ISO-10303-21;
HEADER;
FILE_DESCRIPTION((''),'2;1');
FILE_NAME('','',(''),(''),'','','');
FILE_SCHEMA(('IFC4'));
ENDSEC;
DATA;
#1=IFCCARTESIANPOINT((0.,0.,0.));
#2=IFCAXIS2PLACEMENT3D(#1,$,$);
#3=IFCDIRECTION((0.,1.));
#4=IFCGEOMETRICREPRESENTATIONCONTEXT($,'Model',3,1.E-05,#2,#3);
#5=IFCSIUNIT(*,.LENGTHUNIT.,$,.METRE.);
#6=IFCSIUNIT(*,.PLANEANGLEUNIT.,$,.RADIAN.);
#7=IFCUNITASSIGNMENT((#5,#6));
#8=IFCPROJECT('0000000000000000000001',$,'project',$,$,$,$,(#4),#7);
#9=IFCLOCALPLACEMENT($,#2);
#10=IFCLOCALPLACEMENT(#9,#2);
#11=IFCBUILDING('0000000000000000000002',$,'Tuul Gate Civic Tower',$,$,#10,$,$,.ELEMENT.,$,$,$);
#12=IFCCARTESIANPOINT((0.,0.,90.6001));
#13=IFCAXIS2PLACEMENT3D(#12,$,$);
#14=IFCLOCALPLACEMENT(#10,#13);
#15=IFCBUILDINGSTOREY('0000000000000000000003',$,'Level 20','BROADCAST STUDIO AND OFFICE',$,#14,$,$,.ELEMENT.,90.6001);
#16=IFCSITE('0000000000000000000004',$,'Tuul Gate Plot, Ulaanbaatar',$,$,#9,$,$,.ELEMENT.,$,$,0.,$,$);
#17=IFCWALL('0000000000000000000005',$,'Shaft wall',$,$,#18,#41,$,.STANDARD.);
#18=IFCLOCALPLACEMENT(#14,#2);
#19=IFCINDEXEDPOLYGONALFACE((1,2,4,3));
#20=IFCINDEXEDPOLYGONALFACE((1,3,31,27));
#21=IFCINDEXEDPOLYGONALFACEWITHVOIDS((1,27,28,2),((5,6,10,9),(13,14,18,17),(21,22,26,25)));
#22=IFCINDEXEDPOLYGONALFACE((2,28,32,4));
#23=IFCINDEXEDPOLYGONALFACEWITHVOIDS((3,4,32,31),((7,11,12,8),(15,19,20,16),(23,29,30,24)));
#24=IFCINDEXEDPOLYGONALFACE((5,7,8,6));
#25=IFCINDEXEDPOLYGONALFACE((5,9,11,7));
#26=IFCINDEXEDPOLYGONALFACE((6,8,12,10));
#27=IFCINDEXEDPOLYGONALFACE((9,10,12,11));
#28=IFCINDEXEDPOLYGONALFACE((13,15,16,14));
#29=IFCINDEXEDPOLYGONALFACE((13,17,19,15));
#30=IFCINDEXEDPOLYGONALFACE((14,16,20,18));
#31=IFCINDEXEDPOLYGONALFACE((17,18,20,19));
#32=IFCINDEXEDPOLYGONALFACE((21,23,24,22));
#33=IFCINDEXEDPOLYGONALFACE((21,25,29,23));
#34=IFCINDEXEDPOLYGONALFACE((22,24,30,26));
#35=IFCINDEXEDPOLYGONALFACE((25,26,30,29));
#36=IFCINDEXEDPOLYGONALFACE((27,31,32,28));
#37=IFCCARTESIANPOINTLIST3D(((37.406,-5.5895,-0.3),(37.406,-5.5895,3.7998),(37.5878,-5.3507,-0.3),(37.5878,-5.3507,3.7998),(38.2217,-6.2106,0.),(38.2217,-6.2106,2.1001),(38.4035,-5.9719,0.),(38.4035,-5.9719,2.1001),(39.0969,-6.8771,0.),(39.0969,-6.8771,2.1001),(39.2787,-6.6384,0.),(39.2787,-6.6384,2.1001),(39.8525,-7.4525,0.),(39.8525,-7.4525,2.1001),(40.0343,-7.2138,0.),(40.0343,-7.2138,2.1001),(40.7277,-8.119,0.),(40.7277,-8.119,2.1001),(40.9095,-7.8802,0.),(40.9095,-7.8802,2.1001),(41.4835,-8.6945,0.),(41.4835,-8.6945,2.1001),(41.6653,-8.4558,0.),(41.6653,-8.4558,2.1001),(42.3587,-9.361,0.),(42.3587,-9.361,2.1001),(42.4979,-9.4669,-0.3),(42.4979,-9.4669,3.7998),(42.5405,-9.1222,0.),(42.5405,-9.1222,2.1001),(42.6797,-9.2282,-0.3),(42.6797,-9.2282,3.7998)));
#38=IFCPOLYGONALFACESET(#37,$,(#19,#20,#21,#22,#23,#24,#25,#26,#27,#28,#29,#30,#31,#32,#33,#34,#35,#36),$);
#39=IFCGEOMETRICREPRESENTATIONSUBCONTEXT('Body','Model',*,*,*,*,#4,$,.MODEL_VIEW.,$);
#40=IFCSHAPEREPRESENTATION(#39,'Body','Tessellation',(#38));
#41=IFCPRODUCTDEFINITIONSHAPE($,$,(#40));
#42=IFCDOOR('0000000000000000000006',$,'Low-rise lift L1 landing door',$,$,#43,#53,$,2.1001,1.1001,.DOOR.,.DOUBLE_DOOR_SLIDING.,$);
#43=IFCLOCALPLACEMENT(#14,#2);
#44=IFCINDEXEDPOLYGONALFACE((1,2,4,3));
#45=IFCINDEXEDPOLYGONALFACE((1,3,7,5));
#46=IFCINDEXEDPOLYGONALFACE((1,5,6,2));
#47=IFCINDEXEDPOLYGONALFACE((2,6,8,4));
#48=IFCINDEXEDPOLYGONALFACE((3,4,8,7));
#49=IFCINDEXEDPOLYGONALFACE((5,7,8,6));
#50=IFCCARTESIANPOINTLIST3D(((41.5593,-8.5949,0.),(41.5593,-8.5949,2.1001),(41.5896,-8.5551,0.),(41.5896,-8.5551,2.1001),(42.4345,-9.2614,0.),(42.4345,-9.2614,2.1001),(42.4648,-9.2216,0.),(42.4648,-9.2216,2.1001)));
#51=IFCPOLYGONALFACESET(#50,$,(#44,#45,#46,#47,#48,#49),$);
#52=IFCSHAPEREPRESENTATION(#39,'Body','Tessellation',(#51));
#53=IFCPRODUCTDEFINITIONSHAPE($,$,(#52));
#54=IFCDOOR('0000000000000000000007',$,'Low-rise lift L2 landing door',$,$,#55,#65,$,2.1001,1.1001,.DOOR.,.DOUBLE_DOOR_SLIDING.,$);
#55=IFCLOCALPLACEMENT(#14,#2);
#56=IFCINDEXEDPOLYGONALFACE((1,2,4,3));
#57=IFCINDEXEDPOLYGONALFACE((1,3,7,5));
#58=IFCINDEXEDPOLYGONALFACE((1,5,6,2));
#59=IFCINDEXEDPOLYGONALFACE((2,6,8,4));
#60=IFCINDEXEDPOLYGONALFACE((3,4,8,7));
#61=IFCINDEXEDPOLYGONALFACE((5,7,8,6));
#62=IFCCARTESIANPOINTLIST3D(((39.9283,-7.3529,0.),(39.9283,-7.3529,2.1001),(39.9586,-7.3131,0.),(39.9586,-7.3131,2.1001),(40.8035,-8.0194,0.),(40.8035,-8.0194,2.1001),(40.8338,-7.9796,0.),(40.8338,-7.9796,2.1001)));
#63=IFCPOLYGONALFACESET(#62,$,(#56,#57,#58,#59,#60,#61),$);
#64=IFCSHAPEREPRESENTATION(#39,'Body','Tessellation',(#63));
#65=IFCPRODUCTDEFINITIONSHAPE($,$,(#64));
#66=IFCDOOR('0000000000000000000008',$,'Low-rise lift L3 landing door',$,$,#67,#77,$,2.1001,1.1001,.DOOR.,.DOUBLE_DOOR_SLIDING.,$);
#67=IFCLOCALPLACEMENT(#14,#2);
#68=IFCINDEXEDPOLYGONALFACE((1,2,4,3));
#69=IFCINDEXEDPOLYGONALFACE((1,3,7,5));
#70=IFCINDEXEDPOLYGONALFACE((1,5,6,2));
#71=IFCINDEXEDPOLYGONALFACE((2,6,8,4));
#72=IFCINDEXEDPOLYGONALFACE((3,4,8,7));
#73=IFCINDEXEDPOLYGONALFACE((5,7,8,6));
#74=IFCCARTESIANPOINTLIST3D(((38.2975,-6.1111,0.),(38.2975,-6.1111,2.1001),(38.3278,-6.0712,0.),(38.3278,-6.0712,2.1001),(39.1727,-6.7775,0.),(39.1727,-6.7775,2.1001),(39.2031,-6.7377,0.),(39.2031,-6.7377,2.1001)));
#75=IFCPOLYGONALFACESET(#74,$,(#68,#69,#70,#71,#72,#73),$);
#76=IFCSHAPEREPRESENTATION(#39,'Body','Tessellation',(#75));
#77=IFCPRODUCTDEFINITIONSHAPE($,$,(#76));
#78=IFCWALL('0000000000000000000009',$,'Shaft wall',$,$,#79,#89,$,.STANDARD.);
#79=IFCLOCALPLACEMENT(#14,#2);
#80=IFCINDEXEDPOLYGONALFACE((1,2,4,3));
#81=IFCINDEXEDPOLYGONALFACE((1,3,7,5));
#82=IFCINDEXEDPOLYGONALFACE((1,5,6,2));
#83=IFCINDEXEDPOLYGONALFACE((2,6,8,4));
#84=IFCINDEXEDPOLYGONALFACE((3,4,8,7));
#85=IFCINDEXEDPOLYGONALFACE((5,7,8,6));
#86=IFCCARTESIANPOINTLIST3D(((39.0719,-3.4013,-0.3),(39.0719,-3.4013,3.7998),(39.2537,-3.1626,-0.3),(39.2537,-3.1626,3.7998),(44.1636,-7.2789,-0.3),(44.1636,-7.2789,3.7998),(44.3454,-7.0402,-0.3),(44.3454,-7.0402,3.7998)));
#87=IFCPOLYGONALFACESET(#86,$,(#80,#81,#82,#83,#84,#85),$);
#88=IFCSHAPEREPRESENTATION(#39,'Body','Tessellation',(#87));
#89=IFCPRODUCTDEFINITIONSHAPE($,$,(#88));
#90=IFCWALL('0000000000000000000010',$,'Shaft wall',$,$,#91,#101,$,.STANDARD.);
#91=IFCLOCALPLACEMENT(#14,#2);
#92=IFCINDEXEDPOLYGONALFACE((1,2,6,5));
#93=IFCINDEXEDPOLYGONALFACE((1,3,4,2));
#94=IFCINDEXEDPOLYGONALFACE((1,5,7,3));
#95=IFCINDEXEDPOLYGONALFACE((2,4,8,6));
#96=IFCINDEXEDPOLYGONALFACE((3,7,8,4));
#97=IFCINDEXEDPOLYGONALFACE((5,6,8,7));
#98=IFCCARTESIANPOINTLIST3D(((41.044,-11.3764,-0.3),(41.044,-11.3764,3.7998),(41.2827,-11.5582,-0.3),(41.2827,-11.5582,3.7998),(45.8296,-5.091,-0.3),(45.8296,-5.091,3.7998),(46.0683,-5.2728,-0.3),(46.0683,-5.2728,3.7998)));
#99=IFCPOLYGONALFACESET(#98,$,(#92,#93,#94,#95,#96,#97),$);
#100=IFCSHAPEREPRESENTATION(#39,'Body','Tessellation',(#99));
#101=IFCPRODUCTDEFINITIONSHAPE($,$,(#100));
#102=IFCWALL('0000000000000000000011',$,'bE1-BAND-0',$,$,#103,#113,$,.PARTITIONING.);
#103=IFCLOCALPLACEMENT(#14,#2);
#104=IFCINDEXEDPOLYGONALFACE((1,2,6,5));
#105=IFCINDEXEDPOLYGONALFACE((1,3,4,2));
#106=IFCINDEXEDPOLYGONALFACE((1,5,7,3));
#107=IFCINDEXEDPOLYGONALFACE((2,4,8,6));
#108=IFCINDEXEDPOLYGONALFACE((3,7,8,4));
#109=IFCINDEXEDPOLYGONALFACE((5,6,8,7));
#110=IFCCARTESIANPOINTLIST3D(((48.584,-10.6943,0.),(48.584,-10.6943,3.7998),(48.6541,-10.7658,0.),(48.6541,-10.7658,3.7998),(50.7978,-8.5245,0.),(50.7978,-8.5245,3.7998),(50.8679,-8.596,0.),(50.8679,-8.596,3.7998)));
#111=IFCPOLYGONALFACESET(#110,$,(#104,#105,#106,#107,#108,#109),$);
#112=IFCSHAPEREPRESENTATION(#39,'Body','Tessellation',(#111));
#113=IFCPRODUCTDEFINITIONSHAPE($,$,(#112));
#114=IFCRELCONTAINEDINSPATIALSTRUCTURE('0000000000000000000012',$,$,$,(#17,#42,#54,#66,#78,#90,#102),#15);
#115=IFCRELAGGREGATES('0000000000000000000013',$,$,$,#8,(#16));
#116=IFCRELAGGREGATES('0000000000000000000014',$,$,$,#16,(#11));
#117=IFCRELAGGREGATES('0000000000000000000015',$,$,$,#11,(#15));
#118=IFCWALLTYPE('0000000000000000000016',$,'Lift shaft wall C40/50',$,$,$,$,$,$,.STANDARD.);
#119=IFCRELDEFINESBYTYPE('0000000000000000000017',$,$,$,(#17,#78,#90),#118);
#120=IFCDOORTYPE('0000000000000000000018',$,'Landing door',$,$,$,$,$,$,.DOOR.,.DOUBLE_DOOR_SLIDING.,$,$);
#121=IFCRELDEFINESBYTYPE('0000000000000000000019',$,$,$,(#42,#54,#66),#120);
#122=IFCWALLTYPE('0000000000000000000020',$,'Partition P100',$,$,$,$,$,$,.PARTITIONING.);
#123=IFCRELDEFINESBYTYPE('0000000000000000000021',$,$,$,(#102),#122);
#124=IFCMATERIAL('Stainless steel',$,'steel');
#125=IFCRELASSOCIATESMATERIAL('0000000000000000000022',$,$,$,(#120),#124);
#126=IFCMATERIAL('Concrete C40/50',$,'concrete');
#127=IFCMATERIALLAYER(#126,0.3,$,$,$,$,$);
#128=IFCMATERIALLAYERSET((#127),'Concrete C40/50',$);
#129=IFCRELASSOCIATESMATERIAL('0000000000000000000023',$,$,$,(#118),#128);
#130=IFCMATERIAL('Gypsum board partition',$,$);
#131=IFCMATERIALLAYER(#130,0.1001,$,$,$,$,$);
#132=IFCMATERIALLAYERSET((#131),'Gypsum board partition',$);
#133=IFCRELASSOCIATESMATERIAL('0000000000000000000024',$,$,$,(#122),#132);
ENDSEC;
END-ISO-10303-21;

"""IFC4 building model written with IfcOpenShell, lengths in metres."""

from ifc_helpers import new_model, si_unit, direction, frame, frame_2d, origin, place, context, subcontext, project, spatial, rectangle, extrude, material, layer, layer_set, type_object, element, fill, save


model = new_model("IFC4")

# Units and contexts
model_context = context("Model", 3, precision=1e-05, world=origin(), true_north=direction((0.0, 1.0)))
body_context = subcontext(model_context, "Body", "Model", "MODEL_VIEW")
ifc_project = project(units=[si_unit("LENGTHUNIT", "METRE"), si_unit("PLANEANGLEUNIT", "RADIAN")], contexts=[model_context])

# Site, building, storey
site_placement = place(None, origin())
site = spatial("IfcSite", under=ifc_project, at=site_placement, Name="Tuul Gate Plot, Ulaanbaatar", CompositionType="ELEMENT", RefElevation=0.0)
building_placement = place(site_placement, origin())
building = spatial("IfcBuilding", under=site, at=building_placement, Name="Tuul Gate Civic Tower", CompositionType="ELEMENT")
storey_placement = place(building_placement, frame((0.0, 0.0, 90.6001)))
storey = spatial("IfcBuildingStorey", under=building, at=storey_placement, Name="Level 20", Description="BROADCAST STUDIO AND OFFICE", CompositionType="ELEMENT", Elevation=90.6001)

# Shared definitions
ifc_material_1 = material(Name="Stainless steel", Category="steel")
door_type_1 = type_object("IfcDoorType", Name="Landing door", OperationType="DOUBLE_DOOR_SLIDING", PredefinedType="DOOR", material=ifc_material_1)

# Shared definitions
ifc_material_2 = material(Name="Concrete C40/50", Category="concrete")
ifc_layer_1 = layer(ifc_material_2, 0.3)
ifc_layer_set_1 = layer_set([ifc_layer_1], Name="Concrete C40/50")
wall_type_1 = type_object("IfcWallType", Name="Lift shaft wall C40/50", PredefinedType="STANDARD", material=ifc_layer_set_1)

# Wall, openings, doors
wall_1_placement = place(storey_placement, frame((42.5889, -9.3477, -0.3), z_axis=(0.0, 0.0, 1.0), x_axis=(-0.795584, 0.605843, 0.0)))
wall_1 = element("IfcWall", 1, at=wall_1_placement, inside=storey, type_object=wall_type_1, Name="Shaft wall", PredefinedType="STANDARD", context=body_context, shape_type="SweptSolid", body=[
    extrude(rectangle(XDim=6.4001, YDim=0.3, at=frame_2d((3.2002, 0.0))), origin(), (0.0, 0.0, 1.0), 4.0999),
])
opening_1_placement = place(wall_1_placement, frame((0.175, 0.0, 0.3)))
opening_1 = element("IfcOpeningElement", 2, at=opening_1_placement, cuts=wall_1, PredefinedType="OPENING", context=body_context, shape_type="SweptSolid", body=[
    extrude(rectangle(XDim=1.1001, YDim=2.1001, at=frame_2d((0.55, 1.05))), frame((0.0, 0.1602, 0.0), z_axis=(0.0, -1.0, 0.0), x_axis=(1.0, 0.0, 0.0)), (0.0, 0.0, 1.0), 0.3201),
])
opening_2_placement = place(wall_1_placement, frame((2.2251, 0.0, 0.3)))
opening_2 = element("IfcOpeningElement", 3, at=opening_2_placement, cuts=wall_1, PredefinedType="OPENING", context=body_context, shape_type="SweptSolid", body=[
    extrude(rectangle(XDim=1.1001, YDim=2.1001, at=frame_2d((0.55, 1.05))), frame((0.0, 0.1602, 0.0), z_axis=(0.0, -1.0, 0.0), x_axis=(1.0, 0.0, 0.0)), (0.0, 0.0, 1.0), 0.3201),
])
opening_3_placement = place(wall_1_placement, frame((4.2749, 0.0, 0.3)))
opening_3 = element("IfcOpeningElement", 4, at=opening_3_placement, cuts=wall_1, PredefinedType="OPENING", context=body_context, shape_type="SweptSolid", body=[
    extrude(rectangle(XDim=1.1001, YDim=2.1001, at=frame_2d((0.55, 1.05))), frame((0.0, 0.1602, 0.0), z_axis=(0.0, -1.0, 0.0), x_axis=(1.0, 0.0, 0.0)), (0.0, 0.0, 1.0), 0.3201),
])
door_1_placement = place(opening_1_placement, origin())
door_1 = element("IfcDoor", 5, at=door_1_placement, inside=storey, type_object=door_type_1, Name="Low-rise lift L1 landing door", OperationType="DOUBLE_DOOR_SLIDING", OverallHeight=2.1001, OverallWidth=1.1001, PredefinedType="DOOR", context=body_context, shape_type="SweptSolid", body=[
    extrude(rectangle(XDim=1.1001, YDim=2.1001, at=frame_2d((0.55, 1.05))), frame((0.0, 0.0249, 0.0), z_axis=(0.0, -1.0, 0.0), x_axis=(1.0, 0.0, 0.0)), (0.0, 0.0, 1.0), 0.05),
])
fill(opening_1, door_1)
door_2_placement = place(opening_2_placement, origin())
door_2 = element("IfcDoor", 6, at=door_2_placement, inside=storey, type_object=door_type_1, Name="Low-rise lift L2 landing door", OperationType="DOUBLE_DOOR_SLIDING", OverallHeight=2.1001, OverallWidth=1.1001, PredefinedType="DOOR", context=body_context, shape_type="SweptSolid", body=[
    extrude(rectangle(XDim=1.1001, YDim=2.1001, at=frame_2d((0.55, 1.05))), frame((0.0, 0.0249, 0.0), z_axis=(0.0, -1.0, 0.0), x_axis=(1.0, 0.0, 0.0)), (0.0, 0.0, 1.0), 0.05),
])
fill(opening_2, door_2)
door_3_placement = place(opening_3_placement, origin())
door_3 = element("IfcDoor", 7, at=door_3_placement, inside=storey, type_object=door_type_1, Name="Low-rise lift L3 landing door", OperationType="DOUBLE_DOOR_SLIDING", OverallHeight=2.1001, OverallWidth=1.1001, PredefinedType="DOOR", context=body_context, shape_type="SweptSolid", body=[
    extrude(rectangle(XDim=1.1001, YDim=2.1001, at=frame_2d((0.55, 1.05))), frame((0.0, 0.0249, 0.0), z_axis=(0.0, -1.0, 0.0), x_axis=(1.0, 0.0, 0.0)), (0.0, 0.0, 1.0), 0.05),
])
fill(opening_3, door_3)

# Walls
wall_2_placement = place(storey_placement, frame((44.2546, -7.1597, -0.3), z_axis=(0.0, 0.0, 1.0), x_axis=(-0.795566, 0.605867, 0.0)))
element("IfcWall", 8, at=wall_2_placement, inside=storey, type_object=wall_type_1, Name="Shaft wall", PredefinedType="STANDARD", context=body_context, shape_type="SweptSolid", body=[
    extrude(rectangle(XDim=6.4001, YDim=0.3, at=frame_2d((3.2002, 0.0))), origin(), (0.0, 0.0, 1.0), 4.0999),
])
wall_3_placement = place(storey_placement, frame((41.1633, -11.4673, -0.3), z_axis=(0.0, 0.0, 1.0), x_axis=(0.605784, 0.795629, 0.0)))
element("IfcWall", 9, at=wall_3_placement, inside=storey, type_object=wall_type_1, Name="Shaft wall", PredefinedType="STANDARD", context=body_context, shape_type="SweptSolid", body=[
    extrude(rectangle(XDim=7.8999, YDim=0.3, at=frame_2d((3.95, 0.0))), origin(), (0.0, 0.0, 1.0), 4.0999),
])
ifc_material_3 = material(Name="Gypsum board partition")
ifc_layer_2 = layer(ifc_material_3, 0.1001)
ifc_layer_set_2 = layer_set([ifc_layer_2], Name="Gypsum board partition")
wall_type_2 = type_object("IfcWallType", Name="Partition P100", PredefinedType="PARTITIONING", material=ifc_layer_set_2)
wall_4_placement = place(storey_placement, frame((48.6191, -10.73, 0.0), z_axis=(0.0, 0.0, 1.0), x_axis=(0.714159, 0.699983, 0.0)))
element("IfcWall", 10, at=wall_4_placement, inside=storey, type_object=wall_type_2, Name="bE1-BAND-0", PredefinedType="PARTITIONING", context=body_context, shape_type="SweptSolid", body=[
    extrude(rectangle(XDim=3.0999, YDim=0.1001, at=frame_2d((1.5498, 0.0))), origin(), (0.0, 0.0, 1.0), 3.7998),
])

save(model, "model.ifc")
